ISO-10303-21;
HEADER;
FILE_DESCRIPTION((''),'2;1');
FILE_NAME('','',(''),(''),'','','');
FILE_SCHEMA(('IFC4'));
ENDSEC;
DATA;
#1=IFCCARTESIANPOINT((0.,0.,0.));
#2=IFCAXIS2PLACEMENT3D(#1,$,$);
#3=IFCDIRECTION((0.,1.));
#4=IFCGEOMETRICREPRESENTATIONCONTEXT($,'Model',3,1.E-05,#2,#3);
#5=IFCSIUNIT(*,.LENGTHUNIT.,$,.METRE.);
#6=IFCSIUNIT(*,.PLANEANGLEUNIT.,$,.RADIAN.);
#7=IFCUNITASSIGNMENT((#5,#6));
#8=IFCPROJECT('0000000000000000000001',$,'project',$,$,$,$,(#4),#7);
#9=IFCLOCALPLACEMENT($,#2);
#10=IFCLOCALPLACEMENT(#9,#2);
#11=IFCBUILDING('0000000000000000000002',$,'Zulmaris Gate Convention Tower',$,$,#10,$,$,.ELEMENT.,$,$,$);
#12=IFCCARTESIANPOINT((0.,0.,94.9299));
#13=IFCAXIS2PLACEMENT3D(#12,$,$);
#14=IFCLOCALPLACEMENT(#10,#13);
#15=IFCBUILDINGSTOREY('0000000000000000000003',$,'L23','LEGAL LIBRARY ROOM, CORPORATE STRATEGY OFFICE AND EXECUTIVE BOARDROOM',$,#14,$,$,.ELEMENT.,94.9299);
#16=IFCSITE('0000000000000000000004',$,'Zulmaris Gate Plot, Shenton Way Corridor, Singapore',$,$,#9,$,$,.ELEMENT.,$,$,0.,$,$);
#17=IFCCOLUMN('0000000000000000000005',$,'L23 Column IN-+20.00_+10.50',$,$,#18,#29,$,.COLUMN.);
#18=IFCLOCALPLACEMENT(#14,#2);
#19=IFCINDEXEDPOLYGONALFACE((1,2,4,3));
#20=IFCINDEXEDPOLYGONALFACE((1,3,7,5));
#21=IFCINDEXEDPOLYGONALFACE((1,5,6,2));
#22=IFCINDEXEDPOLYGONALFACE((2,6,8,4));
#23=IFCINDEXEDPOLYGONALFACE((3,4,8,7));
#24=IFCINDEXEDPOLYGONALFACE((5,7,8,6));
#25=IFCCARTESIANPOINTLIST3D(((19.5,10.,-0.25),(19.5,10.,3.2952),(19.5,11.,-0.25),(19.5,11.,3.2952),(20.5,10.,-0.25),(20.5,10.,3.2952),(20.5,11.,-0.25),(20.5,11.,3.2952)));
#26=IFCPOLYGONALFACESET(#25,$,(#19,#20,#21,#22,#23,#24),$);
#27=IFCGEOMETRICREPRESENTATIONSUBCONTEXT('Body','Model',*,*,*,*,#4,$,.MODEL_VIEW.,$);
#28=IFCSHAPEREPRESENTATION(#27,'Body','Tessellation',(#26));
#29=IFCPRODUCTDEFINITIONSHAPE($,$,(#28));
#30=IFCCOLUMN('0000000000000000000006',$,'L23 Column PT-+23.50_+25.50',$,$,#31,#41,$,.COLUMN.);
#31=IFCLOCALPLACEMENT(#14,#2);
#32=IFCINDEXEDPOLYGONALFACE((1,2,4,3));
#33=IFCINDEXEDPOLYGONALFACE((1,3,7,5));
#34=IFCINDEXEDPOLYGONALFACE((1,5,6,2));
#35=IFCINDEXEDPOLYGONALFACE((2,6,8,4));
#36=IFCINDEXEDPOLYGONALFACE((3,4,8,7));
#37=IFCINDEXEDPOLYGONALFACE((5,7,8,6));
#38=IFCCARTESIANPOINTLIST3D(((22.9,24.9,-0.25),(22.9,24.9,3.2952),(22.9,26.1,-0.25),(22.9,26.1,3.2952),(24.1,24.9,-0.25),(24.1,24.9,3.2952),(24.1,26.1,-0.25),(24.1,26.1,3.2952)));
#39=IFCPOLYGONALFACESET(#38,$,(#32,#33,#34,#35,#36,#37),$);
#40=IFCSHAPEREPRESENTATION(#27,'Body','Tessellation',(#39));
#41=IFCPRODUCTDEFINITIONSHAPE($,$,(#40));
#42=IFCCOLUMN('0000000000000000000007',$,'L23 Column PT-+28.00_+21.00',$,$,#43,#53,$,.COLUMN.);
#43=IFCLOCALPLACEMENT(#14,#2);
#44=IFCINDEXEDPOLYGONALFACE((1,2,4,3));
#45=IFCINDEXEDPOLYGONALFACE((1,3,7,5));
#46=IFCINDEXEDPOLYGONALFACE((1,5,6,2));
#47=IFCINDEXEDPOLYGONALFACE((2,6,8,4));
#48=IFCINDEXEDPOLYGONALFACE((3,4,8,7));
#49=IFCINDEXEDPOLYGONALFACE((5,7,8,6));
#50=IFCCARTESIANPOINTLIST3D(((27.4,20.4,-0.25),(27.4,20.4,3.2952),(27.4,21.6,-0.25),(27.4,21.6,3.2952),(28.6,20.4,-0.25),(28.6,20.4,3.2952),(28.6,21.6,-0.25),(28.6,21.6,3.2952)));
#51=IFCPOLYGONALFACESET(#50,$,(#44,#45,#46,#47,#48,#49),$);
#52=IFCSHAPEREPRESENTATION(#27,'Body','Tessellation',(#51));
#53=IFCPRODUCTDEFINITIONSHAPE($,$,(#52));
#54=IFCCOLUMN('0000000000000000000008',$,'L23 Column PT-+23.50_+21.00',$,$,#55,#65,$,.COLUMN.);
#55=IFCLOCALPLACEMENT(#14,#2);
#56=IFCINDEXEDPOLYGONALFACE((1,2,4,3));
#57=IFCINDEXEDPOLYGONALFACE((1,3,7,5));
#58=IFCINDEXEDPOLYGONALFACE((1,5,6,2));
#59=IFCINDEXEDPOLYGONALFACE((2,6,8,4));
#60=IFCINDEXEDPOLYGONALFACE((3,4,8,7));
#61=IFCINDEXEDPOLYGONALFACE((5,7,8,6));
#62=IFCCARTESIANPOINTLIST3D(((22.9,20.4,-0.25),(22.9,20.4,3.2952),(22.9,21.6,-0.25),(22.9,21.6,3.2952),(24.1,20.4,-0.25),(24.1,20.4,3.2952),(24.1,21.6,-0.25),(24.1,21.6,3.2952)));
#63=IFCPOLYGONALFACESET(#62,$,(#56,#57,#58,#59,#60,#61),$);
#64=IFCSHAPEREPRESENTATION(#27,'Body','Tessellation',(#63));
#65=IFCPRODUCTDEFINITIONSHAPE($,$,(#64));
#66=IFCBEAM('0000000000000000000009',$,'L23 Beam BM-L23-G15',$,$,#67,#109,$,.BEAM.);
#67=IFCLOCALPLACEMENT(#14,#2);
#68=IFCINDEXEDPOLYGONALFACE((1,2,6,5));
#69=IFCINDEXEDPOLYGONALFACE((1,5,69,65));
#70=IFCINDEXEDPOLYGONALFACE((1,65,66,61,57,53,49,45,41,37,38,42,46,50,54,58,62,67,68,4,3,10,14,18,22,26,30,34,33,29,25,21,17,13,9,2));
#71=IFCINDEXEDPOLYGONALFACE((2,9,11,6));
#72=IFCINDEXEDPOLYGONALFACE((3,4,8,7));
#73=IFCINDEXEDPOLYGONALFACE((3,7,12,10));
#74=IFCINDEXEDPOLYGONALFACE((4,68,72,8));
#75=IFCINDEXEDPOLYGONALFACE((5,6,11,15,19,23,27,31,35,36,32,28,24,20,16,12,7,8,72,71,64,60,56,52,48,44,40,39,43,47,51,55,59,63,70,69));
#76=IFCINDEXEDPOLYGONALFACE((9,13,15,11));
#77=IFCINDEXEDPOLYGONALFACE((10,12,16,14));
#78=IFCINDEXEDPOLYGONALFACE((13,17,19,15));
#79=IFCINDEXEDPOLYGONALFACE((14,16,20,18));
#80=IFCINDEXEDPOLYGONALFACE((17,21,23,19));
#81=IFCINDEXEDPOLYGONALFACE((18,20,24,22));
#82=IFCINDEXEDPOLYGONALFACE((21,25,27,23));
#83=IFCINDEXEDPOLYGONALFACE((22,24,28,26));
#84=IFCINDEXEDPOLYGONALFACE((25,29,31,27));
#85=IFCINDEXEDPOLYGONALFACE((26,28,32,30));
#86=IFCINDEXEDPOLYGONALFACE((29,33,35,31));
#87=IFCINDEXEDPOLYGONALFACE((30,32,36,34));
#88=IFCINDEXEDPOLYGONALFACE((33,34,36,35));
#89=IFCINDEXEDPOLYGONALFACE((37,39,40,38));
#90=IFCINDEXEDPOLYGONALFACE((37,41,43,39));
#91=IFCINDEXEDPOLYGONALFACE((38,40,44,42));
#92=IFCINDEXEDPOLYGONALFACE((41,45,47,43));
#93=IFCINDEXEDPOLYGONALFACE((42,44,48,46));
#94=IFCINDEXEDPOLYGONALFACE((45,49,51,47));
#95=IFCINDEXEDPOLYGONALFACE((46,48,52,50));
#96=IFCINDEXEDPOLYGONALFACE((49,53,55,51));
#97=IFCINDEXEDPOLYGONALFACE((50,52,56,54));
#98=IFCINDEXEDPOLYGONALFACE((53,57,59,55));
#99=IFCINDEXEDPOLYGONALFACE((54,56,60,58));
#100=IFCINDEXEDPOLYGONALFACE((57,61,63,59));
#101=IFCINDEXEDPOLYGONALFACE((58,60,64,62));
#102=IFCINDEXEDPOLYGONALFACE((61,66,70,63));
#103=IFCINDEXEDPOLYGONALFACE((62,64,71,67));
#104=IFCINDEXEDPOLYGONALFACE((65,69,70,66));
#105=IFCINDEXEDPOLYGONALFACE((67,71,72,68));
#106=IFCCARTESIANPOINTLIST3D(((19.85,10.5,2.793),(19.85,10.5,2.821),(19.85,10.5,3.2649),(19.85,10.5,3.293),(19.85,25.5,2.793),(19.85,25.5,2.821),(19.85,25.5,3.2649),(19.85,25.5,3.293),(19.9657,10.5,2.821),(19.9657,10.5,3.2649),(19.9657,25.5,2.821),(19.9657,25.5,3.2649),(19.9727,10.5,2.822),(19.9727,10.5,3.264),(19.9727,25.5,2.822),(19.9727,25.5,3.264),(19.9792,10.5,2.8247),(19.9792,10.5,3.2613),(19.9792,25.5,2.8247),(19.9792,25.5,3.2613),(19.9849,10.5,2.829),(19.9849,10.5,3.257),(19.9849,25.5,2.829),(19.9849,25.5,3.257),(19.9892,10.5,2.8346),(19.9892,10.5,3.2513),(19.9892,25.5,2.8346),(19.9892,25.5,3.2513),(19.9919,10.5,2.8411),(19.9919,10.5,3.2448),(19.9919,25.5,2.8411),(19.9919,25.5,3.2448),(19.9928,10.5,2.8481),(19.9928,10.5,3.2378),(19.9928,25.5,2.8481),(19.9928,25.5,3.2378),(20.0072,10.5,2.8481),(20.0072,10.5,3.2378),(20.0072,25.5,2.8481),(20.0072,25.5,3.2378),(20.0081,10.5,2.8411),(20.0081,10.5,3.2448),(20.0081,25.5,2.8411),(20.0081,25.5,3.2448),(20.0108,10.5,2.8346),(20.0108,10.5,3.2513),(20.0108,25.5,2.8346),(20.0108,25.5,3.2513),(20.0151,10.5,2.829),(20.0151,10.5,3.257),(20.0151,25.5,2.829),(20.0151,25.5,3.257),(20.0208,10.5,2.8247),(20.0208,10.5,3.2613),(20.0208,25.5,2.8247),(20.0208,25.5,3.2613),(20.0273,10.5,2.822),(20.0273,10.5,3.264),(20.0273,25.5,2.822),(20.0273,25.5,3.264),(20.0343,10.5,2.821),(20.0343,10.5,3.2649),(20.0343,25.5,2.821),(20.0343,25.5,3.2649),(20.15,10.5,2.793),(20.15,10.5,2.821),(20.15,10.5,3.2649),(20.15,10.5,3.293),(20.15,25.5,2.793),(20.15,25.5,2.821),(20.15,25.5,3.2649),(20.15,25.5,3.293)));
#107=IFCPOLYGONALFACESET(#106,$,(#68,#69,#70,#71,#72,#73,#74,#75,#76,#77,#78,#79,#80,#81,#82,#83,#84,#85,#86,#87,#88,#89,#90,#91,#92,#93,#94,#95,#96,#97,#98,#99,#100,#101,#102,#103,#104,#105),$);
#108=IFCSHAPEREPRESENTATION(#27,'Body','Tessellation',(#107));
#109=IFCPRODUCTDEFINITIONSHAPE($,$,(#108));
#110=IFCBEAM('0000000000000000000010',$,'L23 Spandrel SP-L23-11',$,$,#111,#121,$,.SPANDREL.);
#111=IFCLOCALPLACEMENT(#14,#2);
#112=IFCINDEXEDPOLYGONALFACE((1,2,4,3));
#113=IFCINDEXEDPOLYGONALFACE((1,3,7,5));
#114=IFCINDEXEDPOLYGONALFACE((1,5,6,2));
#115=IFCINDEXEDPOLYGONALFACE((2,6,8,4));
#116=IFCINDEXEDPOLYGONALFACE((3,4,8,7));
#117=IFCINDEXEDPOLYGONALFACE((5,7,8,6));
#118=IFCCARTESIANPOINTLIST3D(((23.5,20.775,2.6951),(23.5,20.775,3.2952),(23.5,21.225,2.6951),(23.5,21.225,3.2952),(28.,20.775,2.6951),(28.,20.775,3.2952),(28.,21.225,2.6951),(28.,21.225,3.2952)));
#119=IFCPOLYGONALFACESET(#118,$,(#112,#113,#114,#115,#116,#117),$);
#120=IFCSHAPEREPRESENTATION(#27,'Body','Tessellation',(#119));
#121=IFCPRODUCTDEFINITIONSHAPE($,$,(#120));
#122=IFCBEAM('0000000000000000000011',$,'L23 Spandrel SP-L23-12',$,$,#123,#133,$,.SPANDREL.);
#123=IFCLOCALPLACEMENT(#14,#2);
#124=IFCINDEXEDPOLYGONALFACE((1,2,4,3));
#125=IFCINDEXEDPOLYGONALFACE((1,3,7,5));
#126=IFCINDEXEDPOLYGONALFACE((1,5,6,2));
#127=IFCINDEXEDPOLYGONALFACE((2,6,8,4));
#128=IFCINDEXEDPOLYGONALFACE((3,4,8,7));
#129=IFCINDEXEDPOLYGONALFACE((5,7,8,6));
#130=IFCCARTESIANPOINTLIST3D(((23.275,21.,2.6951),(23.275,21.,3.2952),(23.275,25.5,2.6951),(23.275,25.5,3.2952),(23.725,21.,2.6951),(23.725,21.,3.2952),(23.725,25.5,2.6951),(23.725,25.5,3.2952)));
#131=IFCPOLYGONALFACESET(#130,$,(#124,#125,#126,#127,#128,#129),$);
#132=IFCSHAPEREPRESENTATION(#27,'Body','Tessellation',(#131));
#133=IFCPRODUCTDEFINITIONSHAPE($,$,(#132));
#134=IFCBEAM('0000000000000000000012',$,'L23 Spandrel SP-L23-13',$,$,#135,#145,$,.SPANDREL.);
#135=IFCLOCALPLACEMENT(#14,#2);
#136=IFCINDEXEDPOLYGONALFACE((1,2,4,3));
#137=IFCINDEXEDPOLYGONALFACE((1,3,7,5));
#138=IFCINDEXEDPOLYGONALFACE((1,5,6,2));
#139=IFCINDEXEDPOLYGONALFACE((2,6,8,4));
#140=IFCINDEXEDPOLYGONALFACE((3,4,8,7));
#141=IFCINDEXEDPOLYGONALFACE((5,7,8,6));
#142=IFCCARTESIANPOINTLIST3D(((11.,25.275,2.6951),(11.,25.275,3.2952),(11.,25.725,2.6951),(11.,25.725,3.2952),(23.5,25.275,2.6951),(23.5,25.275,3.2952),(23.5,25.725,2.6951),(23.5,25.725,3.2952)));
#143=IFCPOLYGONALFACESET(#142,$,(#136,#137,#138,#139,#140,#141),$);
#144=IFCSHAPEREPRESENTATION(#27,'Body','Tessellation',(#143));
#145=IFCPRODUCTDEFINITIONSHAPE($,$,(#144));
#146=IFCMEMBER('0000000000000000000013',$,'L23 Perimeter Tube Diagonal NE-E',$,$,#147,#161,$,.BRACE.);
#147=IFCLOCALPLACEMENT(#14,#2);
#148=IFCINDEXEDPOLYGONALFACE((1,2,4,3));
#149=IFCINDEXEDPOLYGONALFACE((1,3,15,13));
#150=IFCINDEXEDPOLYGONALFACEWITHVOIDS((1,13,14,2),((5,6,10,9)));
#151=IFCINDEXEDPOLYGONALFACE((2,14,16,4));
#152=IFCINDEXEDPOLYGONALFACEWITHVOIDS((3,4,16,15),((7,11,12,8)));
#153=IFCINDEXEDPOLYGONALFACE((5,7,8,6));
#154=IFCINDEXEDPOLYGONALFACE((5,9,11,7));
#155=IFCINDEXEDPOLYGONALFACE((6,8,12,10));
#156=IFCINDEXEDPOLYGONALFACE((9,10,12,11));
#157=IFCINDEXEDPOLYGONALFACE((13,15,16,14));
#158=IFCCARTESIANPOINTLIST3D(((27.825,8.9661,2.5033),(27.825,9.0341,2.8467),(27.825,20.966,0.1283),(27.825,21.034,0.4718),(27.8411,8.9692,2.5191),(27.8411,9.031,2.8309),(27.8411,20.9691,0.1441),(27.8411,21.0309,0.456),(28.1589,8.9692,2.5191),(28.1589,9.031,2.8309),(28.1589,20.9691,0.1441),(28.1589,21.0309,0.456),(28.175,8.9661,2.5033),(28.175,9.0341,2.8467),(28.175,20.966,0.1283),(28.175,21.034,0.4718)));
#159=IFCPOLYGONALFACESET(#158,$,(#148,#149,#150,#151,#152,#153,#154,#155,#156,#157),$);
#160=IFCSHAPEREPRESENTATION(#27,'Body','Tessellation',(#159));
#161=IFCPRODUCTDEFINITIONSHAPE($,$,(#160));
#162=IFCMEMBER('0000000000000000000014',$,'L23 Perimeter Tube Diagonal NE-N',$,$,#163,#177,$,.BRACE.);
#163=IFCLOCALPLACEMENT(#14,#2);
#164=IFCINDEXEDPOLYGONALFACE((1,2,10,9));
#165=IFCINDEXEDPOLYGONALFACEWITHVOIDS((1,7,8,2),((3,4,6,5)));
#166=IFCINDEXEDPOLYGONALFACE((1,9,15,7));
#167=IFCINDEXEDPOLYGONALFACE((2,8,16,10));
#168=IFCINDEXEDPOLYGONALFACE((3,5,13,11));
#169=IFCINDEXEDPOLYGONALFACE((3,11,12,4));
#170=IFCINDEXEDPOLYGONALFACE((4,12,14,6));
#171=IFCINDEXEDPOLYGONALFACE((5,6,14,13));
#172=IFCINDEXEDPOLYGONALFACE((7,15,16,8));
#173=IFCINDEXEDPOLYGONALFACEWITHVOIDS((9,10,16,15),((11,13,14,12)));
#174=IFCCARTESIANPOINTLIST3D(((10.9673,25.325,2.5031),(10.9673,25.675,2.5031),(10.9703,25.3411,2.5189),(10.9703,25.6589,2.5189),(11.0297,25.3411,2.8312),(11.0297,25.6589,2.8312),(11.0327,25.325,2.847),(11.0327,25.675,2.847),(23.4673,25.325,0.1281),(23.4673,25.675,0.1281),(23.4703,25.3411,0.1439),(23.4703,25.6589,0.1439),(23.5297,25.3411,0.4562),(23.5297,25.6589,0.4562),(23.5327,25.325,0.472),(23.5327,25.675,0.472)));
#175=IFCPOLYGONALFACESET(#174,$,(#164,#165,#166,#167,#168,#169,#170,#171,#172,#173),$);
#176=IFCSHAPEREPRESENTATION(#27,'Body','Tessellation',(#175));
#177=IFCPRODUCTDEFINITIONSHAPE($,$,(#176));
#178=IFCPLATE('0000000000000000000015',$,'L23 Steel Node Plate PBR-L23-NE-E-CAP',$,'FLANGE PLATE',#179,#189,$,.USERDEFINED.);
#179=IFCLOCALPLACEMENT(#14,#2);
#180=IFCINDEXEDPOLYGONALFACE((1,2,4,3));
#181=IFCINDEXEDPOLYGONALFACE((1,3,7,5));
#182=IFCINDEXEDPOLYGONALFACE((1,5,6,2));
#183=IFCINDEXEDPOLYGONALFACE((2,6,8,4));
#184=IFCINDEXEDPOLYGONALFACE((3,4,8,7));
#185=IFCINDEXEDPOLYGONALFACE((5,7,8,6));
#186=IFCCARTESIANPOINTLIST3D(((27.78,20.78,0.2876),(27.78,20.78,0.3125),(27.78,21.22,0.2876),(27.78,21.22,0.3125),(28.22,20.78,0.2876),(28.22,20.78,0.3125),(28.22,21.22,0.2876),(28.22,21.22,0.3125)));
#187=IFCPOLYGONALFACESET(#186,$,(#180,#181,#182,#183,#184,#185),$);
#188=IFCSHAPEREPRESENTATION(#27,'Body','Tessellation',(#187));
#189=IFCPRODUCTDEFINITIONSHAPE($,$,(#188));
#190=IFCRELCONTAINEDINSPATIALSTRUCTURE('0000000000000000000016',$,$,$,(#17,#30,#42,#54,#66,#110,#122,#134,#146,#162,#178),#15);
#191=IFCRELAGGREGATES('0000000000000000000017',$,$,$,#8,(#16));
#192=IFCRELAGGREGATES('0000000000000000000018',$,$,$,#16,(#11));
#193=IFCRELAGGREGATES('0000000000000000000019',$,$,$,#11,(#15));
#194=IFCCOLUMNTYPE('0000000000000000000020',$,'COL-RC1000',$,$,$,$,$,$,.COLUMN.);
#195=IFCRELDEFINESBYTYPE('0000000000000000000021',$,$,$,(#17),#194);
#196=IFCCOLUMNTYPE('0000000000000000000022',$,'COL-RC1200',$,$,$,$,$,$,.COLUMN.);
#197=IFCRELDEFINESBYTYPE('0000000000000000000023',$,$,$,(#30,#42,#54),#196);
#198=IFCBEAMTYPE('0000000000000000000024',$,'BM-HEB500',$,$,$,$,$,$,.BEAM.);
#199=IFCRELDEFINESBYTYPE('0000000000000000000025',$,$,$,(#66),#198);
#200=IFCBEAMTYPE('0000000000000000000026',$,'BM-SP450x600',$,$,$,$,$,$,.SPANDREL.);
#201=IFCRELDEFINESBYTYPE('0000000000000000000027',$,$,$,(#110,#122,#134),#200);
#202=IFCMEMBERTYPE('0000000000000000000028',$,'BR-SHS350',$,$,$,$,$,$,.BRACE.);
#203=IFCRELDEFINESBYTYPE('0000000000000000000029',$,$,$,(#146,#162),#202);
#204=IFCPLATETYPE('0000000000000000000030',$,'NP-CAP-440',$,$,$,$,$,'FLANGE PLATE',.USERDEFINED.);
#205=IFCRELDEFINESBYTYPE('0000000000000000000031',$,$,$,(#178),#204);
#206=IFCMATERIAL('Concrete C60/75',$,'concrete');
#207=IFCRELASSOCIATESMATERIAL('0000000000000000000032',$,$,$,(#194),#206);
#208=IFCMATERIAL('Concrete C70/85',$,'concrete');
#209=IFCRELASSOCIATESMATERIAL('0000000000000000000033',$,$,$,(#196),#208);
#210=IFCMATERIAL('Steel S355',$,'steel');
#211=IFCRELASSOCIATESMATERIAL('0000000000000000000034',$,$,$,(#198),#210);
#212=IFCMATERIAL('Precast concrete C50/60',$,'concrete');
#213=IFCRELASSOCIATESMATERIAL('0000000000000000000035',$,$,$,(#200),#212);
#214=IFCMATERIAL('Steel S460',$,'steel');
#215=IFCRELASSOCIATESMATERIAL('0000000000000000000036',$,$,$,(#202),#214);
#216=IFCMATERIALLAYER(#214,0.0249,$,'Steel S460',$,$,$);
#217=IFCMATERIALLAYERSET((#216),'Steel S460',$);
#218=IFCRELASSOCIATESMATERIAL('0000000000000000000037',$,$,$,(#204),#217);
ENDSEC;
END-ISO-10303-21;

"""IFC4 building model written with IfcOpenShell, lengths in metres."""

from ifc_helpers import new_model, si_unit, direction, frame, origin, origin_2d, place, context, subcontext, project, spatial, rectangle, hollow_rectangle, i_section, extrude, material, layer, layer_set, material_profile, profile_set, type_object, element, save


model = new_model("IFC4")

# Units and contexts
model_context = context("Model", 3, precision=1e-05, world=origin(), true_north=direction((0.0, 1.0)))
body_context = subcontext(model_context, "Body", "Model", "MODEL_VIEW")
ifc_project = project(units=[si_unit("LENGTHUNIT", "METRE"), si_unit("PLANEANGLEUNIT", "RADIAN")], contexts=[model_context])

# Site, building, storey
site_placement = place(None, origin())
site = spatial("IfcSite", under=ifc_project, at=site_placement, Name="Zulmaris Gate Plot, Shenton Way Corridor, Singapore", CompositionType="ELEMENT", RefElevation=0.0)
building_placement = place(site_placement, origin())
building = spatial("IfcBuilding", under=site, at=building_placement, Name="Zulmaris Gate Convention Tower", CompositionType="ELEMENT")
storey_placement = place(building_placement, frame((0.0, 0.0, 94.9299)))
storey = spatial("IfcBuildingStorey", under=building, at=storey_placement, Name="L23", Description="LEGAL LIBRARY ROOM, CORPORATE STRATEGY OFFICE AND EXECUTIVE BOARDROOM", CompositionType="ELEMENT", Elevation=94.9299)

# Columns
ifc_material_1 = material(Name="Concrete C60/75", Category="concrete")
ifc_material_profile_1 = material_profile(ifc_material_1, rectangle(XDim=1.0, YDim=1.0, at=origin_2d()), Name="RC COL 1000x1000")
ifc_profile_set_1 = profile_set([ifc_material_profile_1], Name="Concrete C60/75")
column_type_1 = type_object("IfcColumnType", Name="COL-RC1000", PredefinedType="COLUMN", material=ifc_profile_set_1)
column_placement = place(storey_placement, frame((20.0, 10.5, -0.25), z_axis=(0.0, 0.0, 1.0), x_axis=(1.0, 0.0, 0.0)))
element("IfcColumn", 1, at=column_placement, inside=storey, type_object=column_type_1, Name="L23 Column IN-+20.00_+10.50", PredefinedType="COLUMN", context=body_context, shape_type="SweptSolid", body=[
    extrude(rectangle(XDim=1.0, YDim=1.0, at=origin_2d()), origin(), (0.0, 0.0, 1.0), 3.5452),
])
ifc_material_2 = material(Name="Concrete C70/85", Category="concrete")
ifc_material_profile_2 = material_profile(ifc_material_2, rectangle(XDim=1.2, YDim=1.2, at=origin_2d()), Name="RC COL 1200x1200")
ifc_profile_set_2 = profile_set([ifc_material_profile_2], Name="Concrete C70/85")
column_type_2 = type_object("IfcColumnType", Name="COL-RC1200", PredefinedType="COLUMN", material=ifc_profile_set_2)
for number, where, z_axis, x_axis, name in (
    (2, (23.5, 25.5, -0.25), (0.0, 0.0, 1.0), (1.0, 0.0, 0.0), "L23 Column PT-+23.50_+25.50"),
    (3, (28.0, 21.0, -0.25), (0.0, 0.0, 1.0), (1.0, 0.0, 0.0), "L23 Column PT-+28.00_+21.00"),
    (4, (23.5, 21.0, -0.25), (0.0, 0.0, 1.0), (1.0, 0.0, 0.0), "L23 Column PT-+23.50_+21.00"),
):
    element("IfcColumn", number, at=place(storey_placement, frame(where, z_axis=z_axis, x_axis=x_axis)), inside=storey, type_object=column_type_2, Name=name, PredefinedType="COLUMN", context=body_context, shape_type="SweptSolid", body=[
        extrude(rectangle(XDim=1.2, YDim=1.2, at=origin_2d()), origin(), (0.0, 0.0, 1.0), 3.5452),
    ])

# Beams
ifc_material_3 = material(Name="Steel S355", Category="steel")
ifc_material_profile_3 = material_profile(ifc_material_3, i_section(OverallWidth=0.3, OverallDepth=0.5, WebThickness=0.0144, FlangeThickness=0.0281, FilletRadius=0.0271, at=origin_2d()), Name="HEB 500")
ifc_profile_set_3 = profile_set([ifc_material_profile_3], Name="Steel S355")
beam_type_1 = type_object("IfcBeamType", Name="BM-HEB500", PredefinedType="BEAM", material=ifc_profile_set_3)
beam_1_placement = place(storey_placement, frame((20.0, 10.5, 3.043), z_axis=(0.0, 1.0, 0.0), x_axis=(-1.0, 0.0, 0.0)))
element("IfcBeam", 5, at=beam_1_placement, inside=storey, type_object=beam_type_1, Name="L23 Beam BM-L23-G15", PredefinedType="BEAM", context=body_context, shape_type="SweptSolid", body=[
    extrude(i_section(OverallWidth=0.3, OverallDepth=0.5, WebThickness=0.0144, FlangeThickness=0.0281, FilletRadius=0.0271, at=origin_2d()), origin(), (0.0, 0.0, 1.0), 15.0),
])
ifc_material_4 = material(Name="Precast concrete C50/60", Category="concrete")
ifc_material_profile_4 = material_profile(ifc_material_4, rectangle(XDim=0.45, YDim=0.6001, at=origin_2d()), Name="RC SPANDREL 450x600")
ifc_profile_set_4 = profile_set([ifc_material_profile_4], Name="Precast concrete C50/60")
beam_type_2 = type_object("IfcBeamType", Name="BM-SP450x600", PredefinedType="SPANDREL", material=ifc_profile_set_4)
for number, where, z_axis, x_axis, name in (
    (6, (28.0, 21.0, 2.9951), (-1.0, 0.0, 0.0), (0.0, -1.0, 0.0), "L23 Spandrel SP-L23-11"),
    (7, (23.5, 21.0, 2.9951), (0.0, 1.0, 0.0), (-1.0, 0.0, 0.0), "L23 Spandrel SP-L23-12"),
):
    element("IfcBeam", number, at=place(storey_placement, frame(where, z_axis=z_axis, x_axis=x_axis)), inside=storey, type_object=beam_type_2, Name=name, PredefinedType="SPANDREL", context=body_context, shape_type="SweptSolid", body=[
        extrude(rectangle(XDim=0.45, YDim=0.6001, at=origin_2d()), origin(), (0.0, 0.0, 1.0), 4.5),
    ])
beam_2_placement = place(storey_placement, frame((23.5, 25.5, 2.9951), z_axis=(-1.0, 0.0, 0.0), x_axis=(0.0, -1.0, 0.0)))
element("IfcBeam", 8, at=beam_2_placement, inside=storey, type_object=beam_type_2, Name="L23 Spandrel SP-L23-13", PredefinedType="SPANDREL", context=body_context, shape_type="SweptSolid", body=[
    extrude(rectangle(XDim=0.45, YDim=0.6001, at=origin_2d()), origin(), (0.0, 0.0, 1.0), 12.5),
])

# Members
ifc_material_5 = material(Name="Steel S460", Category="steel")
ifc_material_profile_5 = material_profile(ifc_material_5, hollow_rectangle(XDim=0.3501, YDim=0.3501, WallThickness=0.0161, at=origin_2d()), Name="SHS 350x350x16")
ifc_profile_set_5 = profile_set([ifc_material_profile_5], Name="Steel S460")
member_type = type_object("IfcMemberType", Name="BR-SHS350", PredefinedType="BRACE", material=ifc_profile_set_5)
member_1_placement = place(storey_placement, frame((28.0, 21.0, 0.3), z_axis=(0.0, -0.980972, 0.194151), x_axis=(1.0, 0.0, 0.0)))
element("IfcMember", 9, at=member_1_placement, inside=storey, type_object=member_type, Name="L23 Perimeter Tube Diagonal NE-E", PredefinedType="BRACE", context=body_context, shape_type="SweptSolid", body=[
    extrude(hollow_rectangle(XDim=0.3501, YDim=0.3501, WallThickness=0.0161, at=origin_2d()), origin(), (0.0, 0.0, 1.0), 12.2327),
])
member_2_placement = place(storey_placement, frame((23.5, 25.5, 0.3), z_axis=(-0.982424, 0.0, 0.186661), x_axis=(0.0, -1.0, 0.0)))
element("IfcMember", 10, at=member_2_placement, inside=storey, type_object=member_type, Name="L23 Perimeter Tube Diagonal NE-N", PredefinedType="BRACE", context=body_context, shape_type="SweptSolid", body=[
    extrude(hollow_rectangle(XDim=0.3501, YDim=0.3501, WallThickness=0.0161, at=origin_2d()), origin(), (0.0, 0.0, 1.0), 12.7236),
])

# Plate
ifc_layer_1 = layer(ifc_material_5, 0.0249, Name="Steel S460")
ifc_layer_set_1 = layer_set([ifc_layer_1], Name="Steel S460")
plate_type = type_object("IfcPlateType", Name="NP-CAP-440", ElementType="FLANGE PLATE", PredefinedType="USERDEFINED", material=ifc_layer_set_1)
for number, where, z_axis, x_axis, name in (
    (11, (28.0, 21.0, 0.2876), (0.0, 0.0, 1.0), (1.0, 0.0, 0.0), "L23 Steel Node Plate PBR-L23-NE-E-CAP"),
):
    element("IfcPlate", number, at=place(storey_placement, frame(where, z_axis=z_axis, x_axis=x_axis)), inside=storey, type_object=plate_type, Name=name, ObjectType="FLANGE PLATE", PredefinedType="USERDEFINED", context=body_context, shape_type="SweptSolid", body=[
        extrude(rectangle(XDim=0.4399, YDim=0.4399, at=origin_2d()), origin(), (0.0, 0.0, 1.0), 0.0249),
    ])

save(model, "model.ifc")
